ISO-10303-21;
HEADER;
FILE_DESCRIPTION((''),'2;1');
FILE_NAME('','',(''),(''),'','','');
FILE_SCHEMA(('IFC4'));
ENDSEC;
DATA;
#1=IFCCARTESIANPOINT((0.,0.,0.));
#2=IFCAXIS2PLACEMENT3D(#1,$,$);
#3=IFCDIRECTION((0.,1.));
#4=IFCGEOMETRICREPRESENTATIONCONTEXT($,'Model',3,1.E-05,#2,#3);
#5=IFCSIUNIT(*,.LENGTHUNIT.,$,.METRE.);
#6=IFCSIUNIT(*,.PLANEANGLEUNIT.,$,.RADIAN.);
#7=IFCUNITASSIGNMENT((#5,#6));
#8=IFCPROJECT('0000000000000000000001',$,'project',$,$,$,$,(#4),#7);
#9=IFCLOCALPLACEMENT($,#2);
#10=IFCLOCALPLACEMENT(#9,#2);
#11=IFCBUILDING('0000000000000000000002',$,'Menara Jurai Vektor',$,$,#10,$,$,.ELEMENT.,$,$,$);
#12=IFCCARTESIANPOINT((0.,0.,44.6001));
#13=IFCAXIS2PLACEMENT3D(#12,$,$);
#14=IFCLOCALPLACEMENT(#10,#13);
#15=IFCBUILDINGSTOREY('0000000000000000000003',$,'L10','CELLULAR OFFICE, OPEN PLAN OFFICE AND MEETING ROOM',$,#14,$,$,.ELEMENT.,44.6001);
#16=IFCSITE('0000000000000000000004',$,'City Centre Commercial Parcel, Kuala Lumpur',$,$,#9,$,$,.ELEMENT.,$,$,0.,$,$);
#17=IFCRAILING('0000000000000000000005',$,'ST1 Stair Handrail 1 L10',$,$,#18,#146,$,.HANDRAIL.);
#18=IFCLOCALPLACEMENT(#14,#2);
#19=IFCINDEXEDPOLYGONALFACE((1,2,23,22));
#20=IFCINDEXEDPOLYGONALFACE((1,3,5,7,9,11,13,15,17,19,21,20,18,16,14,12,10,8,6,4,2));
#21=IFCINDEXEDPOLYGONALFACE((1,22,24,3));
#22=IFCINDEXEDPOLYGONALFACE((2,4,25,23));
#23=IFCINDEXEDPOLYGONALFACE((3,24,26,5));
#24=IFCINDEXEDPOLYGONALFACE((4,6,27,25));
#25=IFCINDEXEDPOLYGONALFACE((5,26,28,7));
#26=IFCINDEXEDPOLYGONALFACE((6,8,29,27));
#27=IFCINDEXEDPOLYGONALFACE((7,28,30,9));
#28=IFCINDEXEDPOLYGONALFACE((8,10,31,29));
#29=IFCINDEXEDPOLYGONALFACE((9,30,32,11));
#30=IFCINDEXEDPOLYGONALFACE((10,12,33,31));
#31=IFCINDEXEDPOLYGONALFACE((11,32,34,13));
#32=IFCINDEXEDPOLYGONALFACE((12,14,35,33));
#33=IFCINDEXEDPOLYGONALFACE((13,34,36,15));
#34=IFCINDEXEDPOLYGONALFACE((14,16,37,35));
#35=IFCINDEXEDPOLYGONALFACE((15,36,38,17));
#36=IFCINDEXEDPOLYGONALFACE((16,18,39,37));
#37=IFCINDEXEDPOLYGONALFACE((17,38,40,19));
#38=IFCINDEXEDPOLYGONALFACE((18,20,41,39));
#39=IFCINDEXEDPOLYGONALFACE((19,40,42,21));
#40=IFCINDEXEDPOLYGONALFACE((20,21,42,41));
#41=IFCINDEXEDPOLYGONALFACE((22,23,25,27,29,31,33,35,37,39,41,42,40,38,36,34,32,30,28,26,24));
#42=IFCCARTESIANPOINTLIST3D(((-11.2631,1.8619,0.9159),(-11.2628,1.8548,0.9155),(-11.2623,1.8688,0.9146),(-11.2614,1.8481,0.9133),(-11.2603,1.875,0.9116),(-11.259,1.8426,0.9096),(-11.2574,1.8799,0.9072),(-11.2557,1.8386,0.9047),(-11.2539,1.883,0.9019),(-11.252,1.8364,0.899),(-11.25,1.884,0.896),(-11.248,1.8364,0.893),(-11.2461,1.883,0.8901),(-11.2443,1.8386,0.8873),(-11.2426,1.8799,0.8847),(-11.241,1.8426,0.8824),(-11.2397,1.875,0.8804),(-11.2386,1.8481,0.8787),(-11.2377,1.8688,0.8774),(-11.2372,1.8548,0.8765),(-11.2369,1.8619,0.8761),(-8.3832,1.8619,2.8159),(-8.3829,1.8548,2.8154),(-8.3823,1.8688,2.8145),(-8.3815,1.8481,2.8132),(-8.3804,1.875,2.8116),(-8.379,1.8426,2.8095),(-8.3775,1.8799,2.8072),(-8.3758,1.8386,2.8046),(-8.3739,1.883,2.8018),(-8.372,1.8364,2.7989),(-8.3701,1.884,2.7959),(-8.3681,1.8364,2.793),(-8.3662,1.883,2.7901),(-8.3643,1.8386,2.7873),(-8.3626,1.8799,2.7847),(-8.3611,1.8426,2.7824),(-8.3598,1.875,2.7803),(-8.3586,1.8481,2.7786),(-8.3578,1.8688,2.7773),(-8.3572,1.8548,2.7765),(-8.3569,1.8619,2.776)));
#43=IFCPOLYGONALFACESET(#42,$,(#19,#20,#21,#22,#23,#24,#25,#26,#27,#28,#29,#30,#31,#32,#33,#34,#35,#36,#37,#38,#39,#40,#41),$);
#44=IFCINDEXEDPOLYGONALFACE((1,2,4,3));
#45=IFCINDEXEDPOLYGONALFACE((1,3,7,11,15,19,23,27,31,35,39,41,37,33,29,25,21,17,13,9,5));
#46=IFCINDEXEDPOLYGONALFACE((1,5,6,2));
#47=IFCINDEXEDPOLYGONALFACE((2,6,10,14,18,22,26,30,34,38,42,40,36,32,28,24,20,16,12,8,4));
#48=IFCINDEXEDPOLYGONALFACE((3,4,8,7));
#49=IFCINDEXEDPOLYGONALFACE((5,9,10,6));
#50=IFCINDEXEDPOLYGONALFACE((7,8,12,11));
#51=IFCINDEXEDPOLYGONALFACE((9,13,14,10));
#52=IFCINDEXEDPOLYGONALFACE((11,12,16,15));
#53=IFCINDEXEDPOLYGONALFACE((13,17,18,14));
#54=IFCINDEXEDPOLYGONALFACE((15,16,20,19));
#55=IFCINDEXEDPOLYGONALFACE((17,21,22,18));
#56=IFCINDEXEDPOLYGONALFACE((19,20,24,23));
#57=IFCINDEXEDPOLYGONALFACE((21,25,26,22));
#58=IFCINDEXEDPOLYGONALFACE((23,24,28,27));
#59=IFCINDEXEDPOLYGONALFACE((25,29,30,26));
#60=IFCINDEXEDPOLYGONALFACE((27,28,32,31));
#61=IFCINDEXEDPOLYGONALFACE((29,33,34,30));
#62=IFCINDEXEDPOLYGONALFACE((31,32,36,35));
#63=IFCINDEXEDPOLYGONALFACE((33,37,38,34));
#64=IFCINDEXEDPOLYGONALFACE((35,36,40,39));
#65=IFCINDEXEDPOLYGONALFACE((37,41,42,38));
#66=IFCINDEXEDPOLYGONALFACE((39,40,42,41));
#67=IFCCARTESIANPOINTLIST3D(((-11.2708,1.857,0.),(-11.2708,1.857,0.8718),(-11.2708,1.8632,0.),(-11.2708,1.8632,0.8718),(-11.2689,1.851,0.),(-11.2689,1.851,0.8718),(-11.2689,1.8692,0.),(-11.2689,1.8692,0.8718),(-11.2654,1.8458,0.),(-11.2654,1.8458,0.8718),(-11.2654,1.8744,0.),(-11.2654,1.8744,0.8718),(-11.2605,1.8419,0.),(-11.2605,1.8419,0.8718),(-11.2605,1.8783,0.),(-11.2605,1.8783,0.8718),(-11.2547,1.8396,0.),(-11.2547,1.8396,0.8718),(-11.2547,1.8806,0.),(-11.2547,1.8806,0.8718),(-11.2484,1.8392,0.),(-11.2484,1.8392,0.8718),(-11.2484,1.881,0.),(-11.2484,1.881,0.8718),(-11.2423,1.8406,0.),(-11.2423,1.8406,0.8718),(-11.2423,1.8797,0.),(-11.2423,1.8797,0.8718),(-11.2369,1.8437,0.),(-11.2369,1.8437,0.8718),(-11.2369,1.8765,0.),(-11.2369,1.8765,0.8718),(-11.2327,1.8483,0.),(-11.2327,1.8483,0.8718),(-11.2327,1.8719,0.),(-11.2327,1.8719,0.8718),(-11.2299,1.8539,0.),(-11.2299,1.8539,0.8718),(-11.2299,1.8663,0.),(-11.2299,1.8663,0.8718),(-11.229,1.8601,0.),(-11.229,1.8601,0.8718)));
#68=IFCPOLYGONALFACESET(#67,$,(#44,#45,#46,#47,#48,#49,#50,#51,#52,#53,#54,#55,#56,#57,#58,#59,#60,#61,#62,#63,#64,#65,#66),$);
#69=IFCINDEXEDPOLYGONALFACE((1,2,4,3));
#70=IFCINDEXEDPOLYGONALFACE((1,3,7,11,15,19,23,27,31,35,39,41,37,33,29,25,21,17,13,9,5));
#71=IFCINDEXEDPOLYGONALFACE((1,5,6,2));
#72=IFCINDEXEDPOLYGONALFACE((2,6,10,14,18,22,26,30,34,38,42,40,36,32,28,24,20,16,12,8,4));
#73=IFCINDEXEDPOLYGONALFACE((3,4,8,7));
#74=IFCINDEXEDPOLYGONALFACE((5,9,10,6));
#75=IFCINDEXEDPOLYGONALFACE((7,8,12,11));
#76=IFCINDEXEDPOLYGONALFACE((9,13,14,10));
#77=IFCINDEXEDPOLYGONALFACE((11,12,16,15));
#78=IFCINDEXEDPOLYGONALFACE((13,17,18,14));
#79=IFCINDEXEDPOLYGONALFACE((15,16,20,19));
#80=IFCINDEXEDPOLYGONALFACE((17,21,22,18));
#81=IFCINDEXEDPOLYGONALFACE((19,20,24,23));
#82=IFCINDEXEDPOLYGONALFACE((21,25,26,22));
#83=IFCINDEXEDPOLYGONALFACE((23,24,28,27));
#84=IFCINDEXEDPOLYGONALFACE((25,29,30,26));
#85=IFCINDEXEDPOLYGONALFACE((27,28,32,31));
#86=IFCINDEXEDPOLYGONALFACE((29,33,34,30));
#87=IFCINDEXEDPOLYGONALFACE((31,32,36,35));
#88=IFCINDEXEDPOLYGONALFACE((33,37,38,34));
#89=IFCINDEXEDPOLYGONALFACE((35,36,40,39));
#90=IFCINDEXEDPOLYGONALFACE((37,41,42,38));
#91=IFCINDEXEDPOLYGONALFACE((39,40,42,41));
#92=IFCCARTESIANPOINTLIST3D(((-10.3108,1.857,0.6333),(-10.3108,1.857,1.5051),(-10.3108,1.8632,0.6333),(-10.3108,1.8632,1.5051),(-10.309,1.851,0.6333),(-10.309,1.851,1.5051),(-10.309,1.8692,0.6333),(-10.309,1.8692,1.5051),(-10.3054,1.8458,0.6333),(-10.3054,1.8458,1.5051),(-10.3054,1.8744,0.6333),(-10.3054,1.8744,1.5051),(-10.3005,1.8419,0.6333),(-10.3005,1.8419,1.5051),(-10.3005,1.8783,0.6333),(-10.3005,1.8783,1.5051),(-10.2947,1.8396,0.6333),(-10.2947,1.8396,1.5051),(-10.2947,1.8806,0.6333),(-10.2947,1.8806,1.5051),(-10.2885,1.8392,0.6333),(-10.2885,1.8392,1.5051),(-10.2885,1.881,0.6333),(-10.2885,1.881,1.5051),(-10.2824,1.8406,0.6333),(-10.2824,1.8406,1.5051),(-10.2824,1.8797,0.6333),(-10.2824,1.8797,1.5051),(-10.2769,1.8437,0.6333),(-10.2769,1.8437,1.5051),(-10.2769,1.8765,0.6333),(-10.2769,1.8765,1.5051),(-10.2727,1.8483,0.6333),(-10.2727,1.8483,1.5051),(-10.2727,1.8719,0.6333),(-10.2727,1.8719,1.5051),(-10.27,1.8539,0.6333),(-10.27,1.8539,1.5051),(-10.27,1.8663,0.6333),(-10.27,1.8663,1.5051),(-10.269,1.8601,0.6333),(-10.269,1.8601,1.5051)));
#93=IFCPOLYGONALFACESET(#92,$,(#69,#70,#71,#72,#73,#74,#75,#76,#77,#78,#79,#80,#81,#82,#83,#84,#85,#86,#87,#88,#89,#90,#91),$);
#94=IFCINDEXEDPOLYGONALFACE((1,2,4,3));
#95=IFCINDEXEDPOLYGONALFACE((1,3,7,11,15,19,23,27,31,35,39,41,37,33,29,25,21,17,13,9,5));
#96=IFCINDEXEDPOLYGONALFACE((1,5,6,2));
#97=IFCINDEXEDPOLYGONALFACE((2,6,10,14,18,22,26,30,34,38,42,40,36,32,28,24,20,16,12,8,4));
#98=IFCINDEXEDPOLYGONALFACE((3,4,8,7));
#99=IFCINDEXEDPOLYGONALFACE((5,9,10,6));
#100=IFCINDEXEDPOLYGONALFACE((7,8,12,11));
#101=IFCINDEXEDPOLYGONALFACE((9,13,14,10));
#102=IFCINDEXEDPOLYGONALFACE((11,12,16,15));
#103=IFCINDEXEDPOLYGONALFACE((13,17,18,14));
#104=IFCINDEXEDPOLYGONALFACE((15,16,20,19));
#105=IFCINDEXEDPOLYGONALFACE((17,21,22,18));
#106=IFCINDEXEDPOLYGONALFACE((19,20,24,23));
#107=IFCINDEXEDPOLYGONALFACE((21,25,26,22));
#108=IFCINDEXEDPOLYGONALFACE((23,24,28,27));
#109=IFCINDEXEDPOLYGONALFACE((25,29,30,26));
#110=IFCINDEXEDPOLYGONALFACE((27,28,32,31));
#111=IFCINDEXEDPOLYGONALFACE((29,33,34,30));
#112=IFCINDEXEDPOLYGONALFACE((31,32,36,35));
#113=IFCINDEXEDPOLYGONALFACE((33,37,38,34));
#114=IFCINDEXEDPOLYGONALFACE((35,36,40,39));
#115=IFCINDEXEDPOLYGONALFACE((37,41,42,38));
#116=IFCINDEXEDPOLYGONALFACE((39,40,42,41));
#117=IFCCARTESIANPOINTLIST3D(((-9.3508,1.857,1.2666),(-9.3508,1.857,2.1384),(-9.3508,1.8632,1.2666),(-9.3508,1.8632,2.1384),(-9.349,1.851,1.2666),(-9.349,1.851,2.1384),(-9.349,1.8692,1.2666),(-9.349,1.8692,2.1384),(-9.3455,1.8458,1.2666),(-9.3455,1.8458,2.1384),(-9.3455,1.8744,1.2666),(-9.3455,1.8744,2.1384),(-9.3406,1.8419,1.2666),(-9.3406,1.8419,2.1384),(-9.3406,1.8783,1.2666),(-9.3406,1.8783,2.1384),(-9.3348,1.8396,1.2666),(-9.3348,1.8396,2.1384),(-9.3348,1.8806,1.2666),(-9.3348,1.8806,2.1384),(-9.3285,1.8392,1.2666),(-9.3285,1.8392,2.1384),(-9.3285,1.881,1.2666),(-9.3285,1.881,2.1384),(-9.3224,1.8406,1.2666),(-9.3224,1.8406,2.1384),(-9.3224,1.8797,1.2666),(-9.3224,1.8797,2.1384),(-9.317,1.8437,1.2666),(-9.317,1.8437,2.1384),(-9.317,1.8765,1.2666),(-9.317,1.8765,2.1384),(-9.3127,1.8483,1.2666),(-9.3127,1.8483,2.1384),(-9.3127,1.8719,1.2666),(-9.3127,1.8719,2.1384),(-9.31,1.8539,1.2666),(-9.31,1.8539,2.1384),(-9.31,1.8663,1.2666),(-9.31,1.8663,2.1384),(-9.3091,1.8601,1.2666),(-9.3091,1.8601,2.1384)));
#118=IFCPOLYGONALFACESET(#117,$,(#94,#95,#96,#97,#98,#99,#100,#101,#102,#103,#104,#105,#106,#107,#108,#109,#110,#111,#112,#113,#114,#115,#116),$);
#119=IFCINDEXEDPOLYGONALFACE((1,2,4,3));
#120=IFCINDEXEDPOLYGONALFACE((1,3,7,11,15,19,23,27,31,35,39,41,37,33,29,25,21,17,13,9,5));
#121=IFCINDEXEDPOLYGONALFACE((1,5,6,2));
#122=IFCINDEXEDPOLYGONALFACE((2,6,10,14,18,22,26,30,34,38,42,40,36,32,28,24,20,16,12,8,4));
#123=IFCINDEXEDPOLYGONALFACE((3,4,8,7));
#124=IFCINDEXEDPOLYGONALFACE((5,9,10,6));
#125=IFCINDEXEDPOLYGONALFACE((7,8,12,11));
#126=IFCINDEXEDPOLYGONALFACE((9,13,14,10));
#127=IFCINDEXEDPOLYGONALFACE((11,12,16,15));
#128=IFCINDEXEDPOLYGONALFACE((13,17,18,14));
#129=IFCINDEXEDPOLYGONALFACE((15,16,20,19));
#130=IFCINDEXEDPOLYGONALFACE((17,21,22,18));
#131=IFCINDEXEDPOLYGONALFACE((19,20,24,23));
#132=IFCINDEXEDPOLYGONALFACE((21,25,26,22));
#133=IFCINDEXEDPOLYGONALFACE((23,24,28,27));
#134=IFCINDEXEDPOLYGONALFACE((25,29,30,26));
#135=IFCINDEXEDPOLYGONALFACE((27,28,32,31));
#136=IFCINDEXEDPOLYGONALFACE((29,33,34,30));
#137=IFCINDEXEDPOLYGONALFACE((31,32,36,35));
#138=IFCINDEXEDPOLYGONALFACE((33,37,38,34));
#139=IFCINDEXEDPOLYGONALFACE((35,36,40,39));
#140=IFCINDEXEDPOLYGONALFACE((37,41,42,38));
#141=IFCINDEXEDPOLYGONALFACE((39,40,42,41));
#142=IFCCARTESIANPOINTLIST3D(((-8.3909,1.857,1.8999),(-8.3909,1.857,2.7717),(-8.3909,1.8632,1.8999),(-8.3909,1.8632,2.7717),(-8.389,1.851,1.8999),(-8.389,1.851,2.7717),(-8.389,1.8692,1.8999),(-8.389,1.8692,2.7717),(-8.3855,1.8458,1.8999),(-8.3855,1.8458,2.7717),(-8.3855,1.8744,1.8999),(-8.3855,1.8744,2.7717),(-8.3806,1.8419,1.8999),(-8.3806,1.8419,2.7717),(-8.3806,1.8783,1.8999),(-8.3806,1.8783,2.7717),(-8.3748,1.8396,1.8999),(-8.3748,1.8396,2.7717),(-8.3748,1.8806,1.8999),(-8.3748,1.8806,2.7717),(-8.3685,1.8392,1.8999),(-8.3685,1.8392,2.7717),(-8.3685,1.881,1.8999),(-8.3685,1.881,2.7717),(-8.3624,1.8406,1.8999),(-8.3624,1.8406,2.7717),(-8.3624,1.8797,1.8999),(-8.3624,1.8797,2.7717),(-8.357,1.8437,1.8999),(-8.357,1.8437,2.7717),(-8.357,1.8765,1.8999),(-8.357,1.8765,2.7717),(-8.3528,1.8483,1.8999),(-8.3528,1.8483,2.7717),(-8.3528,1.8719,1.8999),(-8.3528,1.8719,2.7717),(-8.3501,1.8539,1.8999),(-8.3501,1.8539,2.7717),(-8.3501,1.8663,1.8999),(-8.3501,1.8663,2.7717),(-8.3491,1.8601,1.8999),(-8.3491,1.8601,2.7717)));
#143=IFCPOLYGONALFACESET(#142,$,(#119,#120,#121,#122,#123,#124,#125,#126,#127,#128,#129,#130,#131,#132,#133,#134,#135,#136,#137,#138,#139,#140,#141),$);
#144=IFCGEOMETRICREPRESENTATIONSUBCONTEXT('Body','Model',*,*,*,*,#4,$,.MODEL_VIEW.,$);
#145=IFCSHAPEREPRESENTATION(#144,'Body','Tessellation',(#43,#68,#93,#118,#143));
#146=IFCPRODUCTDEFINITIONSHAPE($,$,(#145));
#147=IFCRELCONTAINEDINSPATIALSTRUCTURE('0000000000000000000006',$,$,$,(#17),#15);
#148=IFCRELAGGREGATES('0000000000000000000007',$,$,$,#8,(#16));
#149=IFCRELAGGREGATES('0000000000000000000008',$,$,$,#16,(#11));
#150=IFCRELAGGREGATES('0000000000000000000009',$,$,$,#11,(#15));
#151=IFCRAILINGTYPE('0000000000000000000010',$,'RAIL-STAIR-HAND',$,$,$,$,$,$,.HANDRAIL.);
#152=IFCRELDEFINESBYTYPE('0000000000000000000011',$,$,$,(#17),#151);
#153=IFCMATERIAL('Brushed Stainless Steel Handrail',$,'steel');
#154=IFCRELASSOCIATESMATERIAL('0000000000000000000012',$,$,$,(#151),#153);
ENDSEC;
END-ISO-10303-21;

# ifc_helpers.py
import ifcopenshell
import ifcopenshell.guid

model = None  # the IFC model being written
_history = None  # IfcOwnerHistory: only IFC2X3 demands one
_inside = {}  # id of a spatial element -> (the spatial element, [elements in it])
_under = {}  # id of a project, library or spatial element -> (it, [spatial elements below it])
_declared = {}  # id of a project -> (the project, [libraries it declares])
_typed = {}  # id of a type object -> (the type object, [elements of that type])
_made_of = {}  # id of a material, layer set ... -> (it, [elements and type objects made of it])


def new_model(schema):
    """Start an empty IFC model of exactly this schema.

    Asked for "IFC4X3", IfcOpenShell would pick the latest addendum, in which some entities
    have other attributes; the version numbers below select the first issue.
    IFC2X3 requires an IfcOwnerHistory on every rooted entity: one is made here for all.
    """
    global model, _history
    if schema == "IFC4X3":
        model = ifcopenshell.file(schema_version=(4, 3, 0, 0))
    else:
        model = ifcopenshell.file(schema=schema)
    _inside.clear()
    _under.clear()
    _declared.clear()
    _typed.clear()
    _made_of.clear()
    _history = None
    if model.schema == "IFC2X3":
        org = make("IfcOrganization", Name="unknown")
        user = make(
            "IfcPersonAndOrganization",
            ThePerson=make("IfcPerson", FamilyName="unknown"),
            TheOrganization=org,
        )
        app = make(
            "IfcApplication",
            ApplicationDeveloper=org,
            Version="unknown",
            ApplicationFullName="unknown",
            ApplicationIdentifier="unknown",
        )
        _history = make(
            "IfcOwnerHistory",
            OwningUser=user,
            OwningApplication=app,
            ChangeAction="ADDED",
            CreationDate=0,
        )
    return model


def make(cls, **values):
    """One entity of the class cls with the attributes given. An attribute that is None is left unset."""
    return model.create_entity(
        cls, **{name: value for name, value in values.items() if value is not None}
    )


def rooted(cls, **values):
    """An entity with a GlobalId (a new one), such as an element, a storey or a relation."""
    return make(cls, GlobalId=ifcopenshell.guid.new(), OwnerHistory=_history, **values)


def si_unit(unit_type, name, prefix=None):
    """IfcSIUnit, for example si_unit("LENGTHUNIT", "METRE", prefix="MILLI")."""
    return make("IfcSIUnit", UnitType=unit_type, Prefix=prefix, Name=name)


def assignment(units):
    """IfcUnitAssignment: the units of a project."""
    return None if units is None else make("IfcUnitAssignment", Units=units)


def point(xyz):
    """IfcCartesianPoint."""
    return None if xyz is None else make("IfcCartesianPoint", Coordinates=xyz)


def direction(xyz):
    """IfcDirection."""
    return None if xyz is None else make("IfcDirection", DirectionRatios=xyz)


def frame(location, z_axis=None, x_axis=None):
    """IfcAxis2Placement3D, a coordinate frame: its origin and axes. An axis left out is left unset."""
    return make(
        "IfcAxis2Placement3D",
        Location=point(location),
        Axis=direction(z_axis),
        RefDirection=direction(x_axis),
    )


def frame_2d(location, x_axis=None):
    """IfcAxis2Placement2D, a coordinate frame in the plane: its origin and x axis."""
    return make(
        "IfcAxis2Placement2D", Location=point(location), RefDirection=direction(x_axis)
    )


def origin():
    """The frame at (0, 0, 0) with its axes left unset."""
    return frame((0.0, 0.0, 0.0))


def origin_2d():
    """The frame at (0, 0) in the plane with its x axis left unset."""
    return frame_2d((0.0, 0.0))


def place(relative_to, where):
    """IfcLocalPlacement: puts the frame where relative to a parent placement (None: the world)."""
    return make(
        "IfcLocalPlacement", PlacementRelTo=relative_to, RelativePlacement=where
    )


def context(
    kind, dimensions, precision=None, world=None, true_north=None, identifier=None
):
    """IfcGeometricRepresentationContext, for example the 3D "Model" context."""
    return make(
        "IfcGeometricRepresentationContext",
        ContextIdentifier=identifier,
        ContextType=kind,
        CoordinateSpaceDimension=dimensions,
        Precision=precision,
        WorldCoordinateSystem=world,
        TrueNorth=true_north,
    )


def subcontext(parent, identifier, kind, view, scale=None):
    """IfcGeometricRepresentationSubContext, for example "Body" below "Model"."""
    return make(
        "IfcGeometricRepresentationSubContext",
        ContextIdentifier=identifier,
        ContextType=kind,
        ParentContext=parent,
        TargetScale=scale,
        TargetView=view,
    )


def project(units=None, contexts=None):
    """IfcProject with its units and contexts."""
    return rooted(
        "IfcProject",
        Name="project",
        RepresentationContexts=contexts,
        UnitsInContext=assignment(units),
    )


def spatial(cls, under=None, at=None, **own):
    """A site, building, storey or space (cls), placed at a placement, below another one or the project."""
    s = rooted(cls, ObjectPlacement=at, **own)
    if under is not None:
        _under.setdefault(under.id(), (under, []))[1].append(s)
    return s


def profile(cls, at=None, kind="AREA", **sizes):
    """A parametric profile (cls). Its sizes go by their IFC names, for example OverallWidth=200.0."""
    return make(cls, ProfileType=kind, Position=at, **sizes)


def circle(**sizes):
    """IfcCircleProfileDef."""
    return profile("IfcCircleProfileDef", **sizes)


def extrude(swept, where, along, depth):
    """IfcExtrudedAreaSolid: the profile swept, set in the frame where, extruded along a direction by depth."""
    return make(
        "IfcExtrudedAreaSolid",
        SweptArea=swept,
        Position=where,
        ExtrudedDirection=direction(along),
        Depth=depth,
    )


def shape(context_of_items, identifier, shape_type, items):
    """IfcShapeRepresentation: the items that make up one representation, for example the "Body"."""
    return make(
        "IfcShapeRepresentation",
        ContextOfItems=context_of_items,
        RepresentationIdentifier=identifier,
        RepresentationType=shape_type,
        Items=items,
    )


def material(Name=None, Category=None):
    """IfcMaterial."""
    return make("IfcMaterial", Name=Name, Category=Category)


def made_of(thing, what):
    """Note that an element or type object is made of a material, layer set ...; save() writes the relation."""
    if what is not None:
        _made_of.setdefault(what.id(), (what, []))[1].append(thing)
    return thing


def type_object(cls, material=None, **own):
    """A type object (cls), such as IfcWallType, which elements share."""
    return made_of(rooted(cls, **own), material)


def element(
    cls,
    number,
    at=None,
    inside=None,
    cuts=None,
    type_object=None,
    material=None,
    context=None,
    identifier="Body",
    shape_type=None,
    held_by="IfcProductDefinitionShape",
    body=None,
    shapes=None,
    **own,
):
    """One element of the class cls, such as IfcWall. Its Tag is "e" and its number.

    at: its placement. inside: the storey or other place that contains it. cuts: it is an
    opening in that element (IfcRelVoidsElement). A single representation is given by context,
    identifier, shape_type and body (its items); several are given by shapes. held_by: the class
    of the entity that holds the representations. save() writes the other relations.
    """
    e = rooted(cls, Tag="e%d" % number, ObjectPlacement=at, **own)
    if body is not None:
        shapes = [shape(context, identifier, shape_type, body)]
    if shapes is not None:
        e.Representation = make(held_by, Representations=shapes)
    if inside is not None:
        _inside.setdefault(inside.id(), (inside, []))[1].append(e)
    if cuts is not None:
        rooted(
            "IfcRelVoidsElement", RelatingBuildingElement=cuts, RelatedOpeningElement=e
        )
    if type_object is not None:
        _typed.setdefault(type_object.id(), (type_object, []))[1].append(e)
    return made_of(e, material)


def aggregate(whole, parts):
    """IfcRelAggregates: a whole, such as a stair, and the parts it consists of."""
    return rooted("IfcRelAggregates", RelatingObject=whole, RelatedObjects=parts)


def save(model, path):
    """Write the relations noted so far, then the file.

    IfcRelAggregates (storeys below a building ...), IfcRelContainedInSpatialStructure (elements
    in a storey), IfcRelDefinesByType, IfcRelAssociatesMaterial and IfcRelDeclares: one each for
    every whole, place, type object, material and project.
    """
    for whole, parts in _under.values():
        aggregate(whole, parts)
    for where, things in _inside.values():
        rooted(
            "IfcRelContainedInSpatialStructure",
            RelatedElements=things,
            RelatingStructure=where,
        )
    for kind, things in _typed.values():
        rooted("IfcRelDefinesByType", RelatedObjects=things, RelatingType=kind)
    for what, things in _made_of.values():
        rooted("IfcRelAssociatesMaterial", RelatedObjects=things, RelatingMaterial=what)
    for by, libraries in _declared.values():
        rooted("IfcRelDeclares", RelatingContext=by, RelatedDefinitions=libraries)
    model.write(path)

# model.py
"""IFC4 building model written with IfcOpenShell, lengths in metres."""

from ifc_helpers import new_model, si_unit, direction, frame, origin, origin_2d, place, context, subcontext, project, spatial, circle, extrude, material, type_object, element, save


model = new_model("IFC4")

# Units and contexts
model_context = context("Model", 3, precision=1e-05, world=origin(), true_north=direction((0.0, 1.0)))
body_context = subcontext(model_context, "Body", "Model", "MODEL_VIEW")
ifc_project = project(units=[si_unit("LENGTHUNIT", "METRE"), si_unit("PLANEANGLEUNIT", "RADIAN")], contexts=[model_context])

# Site, building, storey
site_placement = place(None, origin())
site = spatial("IfcSite", under=ifc_project, at=site_placement, Name="City Centre Commercial Parcel, Kuala Lumpur", CompositionType="ELEMENT", RefElevation=0.0)
building_placement = place(site_placement, origin())
building = spatial("IfcBuilding", under=site, at=building_placement, Name="Menara Jurai Vektor", CompositionType="ELEMENT")
storey_placement = place(building_placement, frame((0.0, 0.0, 44.6001)))
storey = spatial("IfcBuildingStorey", under=building, at=storey_placement, Name="L10", Description="CELLULAR OFFICE, OPEN PLAN OFFICE AND MEETING ROOM", CompositionType="ELEMENT", Elevation=44.6001)

# Railing
ifc_material_1 = material(Name="Brushed Stainless Steel Handrail", Category="steel")
railing_type_1 = type_object("IfcRailingType", Name="RAIL-STAIR-HAND", PredefinedType="HANDRAIL", material=ifc_material_1)
railing_1_placement = place(storey_placement, frame((-11.25, 1.8601, 0.0)))
element("IfcRailing", 1, at=railing_1_placement, inside=storey, type_object=railing_type_1, Name="ST1 Stair Handrail 1 L10", PredefinedType="HANDRAIL", context=body_context, shape_type="SweptSolid", body=[
    extrude(circle(Radius=0.0239, at=origin_2d()), frame((0.0, 0.0, 0.896), z_axis=(0.834719, 0.0, 0.550677), x_axis=(0.0, 1.0, 0.0)), (0.0, 0.0, 1.0), 3.4502),
    extrude(circle(Radius=0.021, at=origin_2d()), origin(), (0.0, 0.0, 1.0), 0.8718),
    extrude(circle(Radius=0.021, at=origin_2d()), frame((0.96, 0.0, 0.6333)), (0.0, 0.0, 1.0), 0.8718),
    extrude(circle(Radius=0.021, at=origin_2d()), frame((1.9199, 0.0, 1.2666)), (0.0, 0.0, 1.0), 0.8718),
    extrude(circle(Radius=0.021, at=origin_2d()), frame((2.8799, 0.0, 1.8999)), (0.0, 0.0, 1.0), 0.8718),
])

save(model, "model.ifc")
